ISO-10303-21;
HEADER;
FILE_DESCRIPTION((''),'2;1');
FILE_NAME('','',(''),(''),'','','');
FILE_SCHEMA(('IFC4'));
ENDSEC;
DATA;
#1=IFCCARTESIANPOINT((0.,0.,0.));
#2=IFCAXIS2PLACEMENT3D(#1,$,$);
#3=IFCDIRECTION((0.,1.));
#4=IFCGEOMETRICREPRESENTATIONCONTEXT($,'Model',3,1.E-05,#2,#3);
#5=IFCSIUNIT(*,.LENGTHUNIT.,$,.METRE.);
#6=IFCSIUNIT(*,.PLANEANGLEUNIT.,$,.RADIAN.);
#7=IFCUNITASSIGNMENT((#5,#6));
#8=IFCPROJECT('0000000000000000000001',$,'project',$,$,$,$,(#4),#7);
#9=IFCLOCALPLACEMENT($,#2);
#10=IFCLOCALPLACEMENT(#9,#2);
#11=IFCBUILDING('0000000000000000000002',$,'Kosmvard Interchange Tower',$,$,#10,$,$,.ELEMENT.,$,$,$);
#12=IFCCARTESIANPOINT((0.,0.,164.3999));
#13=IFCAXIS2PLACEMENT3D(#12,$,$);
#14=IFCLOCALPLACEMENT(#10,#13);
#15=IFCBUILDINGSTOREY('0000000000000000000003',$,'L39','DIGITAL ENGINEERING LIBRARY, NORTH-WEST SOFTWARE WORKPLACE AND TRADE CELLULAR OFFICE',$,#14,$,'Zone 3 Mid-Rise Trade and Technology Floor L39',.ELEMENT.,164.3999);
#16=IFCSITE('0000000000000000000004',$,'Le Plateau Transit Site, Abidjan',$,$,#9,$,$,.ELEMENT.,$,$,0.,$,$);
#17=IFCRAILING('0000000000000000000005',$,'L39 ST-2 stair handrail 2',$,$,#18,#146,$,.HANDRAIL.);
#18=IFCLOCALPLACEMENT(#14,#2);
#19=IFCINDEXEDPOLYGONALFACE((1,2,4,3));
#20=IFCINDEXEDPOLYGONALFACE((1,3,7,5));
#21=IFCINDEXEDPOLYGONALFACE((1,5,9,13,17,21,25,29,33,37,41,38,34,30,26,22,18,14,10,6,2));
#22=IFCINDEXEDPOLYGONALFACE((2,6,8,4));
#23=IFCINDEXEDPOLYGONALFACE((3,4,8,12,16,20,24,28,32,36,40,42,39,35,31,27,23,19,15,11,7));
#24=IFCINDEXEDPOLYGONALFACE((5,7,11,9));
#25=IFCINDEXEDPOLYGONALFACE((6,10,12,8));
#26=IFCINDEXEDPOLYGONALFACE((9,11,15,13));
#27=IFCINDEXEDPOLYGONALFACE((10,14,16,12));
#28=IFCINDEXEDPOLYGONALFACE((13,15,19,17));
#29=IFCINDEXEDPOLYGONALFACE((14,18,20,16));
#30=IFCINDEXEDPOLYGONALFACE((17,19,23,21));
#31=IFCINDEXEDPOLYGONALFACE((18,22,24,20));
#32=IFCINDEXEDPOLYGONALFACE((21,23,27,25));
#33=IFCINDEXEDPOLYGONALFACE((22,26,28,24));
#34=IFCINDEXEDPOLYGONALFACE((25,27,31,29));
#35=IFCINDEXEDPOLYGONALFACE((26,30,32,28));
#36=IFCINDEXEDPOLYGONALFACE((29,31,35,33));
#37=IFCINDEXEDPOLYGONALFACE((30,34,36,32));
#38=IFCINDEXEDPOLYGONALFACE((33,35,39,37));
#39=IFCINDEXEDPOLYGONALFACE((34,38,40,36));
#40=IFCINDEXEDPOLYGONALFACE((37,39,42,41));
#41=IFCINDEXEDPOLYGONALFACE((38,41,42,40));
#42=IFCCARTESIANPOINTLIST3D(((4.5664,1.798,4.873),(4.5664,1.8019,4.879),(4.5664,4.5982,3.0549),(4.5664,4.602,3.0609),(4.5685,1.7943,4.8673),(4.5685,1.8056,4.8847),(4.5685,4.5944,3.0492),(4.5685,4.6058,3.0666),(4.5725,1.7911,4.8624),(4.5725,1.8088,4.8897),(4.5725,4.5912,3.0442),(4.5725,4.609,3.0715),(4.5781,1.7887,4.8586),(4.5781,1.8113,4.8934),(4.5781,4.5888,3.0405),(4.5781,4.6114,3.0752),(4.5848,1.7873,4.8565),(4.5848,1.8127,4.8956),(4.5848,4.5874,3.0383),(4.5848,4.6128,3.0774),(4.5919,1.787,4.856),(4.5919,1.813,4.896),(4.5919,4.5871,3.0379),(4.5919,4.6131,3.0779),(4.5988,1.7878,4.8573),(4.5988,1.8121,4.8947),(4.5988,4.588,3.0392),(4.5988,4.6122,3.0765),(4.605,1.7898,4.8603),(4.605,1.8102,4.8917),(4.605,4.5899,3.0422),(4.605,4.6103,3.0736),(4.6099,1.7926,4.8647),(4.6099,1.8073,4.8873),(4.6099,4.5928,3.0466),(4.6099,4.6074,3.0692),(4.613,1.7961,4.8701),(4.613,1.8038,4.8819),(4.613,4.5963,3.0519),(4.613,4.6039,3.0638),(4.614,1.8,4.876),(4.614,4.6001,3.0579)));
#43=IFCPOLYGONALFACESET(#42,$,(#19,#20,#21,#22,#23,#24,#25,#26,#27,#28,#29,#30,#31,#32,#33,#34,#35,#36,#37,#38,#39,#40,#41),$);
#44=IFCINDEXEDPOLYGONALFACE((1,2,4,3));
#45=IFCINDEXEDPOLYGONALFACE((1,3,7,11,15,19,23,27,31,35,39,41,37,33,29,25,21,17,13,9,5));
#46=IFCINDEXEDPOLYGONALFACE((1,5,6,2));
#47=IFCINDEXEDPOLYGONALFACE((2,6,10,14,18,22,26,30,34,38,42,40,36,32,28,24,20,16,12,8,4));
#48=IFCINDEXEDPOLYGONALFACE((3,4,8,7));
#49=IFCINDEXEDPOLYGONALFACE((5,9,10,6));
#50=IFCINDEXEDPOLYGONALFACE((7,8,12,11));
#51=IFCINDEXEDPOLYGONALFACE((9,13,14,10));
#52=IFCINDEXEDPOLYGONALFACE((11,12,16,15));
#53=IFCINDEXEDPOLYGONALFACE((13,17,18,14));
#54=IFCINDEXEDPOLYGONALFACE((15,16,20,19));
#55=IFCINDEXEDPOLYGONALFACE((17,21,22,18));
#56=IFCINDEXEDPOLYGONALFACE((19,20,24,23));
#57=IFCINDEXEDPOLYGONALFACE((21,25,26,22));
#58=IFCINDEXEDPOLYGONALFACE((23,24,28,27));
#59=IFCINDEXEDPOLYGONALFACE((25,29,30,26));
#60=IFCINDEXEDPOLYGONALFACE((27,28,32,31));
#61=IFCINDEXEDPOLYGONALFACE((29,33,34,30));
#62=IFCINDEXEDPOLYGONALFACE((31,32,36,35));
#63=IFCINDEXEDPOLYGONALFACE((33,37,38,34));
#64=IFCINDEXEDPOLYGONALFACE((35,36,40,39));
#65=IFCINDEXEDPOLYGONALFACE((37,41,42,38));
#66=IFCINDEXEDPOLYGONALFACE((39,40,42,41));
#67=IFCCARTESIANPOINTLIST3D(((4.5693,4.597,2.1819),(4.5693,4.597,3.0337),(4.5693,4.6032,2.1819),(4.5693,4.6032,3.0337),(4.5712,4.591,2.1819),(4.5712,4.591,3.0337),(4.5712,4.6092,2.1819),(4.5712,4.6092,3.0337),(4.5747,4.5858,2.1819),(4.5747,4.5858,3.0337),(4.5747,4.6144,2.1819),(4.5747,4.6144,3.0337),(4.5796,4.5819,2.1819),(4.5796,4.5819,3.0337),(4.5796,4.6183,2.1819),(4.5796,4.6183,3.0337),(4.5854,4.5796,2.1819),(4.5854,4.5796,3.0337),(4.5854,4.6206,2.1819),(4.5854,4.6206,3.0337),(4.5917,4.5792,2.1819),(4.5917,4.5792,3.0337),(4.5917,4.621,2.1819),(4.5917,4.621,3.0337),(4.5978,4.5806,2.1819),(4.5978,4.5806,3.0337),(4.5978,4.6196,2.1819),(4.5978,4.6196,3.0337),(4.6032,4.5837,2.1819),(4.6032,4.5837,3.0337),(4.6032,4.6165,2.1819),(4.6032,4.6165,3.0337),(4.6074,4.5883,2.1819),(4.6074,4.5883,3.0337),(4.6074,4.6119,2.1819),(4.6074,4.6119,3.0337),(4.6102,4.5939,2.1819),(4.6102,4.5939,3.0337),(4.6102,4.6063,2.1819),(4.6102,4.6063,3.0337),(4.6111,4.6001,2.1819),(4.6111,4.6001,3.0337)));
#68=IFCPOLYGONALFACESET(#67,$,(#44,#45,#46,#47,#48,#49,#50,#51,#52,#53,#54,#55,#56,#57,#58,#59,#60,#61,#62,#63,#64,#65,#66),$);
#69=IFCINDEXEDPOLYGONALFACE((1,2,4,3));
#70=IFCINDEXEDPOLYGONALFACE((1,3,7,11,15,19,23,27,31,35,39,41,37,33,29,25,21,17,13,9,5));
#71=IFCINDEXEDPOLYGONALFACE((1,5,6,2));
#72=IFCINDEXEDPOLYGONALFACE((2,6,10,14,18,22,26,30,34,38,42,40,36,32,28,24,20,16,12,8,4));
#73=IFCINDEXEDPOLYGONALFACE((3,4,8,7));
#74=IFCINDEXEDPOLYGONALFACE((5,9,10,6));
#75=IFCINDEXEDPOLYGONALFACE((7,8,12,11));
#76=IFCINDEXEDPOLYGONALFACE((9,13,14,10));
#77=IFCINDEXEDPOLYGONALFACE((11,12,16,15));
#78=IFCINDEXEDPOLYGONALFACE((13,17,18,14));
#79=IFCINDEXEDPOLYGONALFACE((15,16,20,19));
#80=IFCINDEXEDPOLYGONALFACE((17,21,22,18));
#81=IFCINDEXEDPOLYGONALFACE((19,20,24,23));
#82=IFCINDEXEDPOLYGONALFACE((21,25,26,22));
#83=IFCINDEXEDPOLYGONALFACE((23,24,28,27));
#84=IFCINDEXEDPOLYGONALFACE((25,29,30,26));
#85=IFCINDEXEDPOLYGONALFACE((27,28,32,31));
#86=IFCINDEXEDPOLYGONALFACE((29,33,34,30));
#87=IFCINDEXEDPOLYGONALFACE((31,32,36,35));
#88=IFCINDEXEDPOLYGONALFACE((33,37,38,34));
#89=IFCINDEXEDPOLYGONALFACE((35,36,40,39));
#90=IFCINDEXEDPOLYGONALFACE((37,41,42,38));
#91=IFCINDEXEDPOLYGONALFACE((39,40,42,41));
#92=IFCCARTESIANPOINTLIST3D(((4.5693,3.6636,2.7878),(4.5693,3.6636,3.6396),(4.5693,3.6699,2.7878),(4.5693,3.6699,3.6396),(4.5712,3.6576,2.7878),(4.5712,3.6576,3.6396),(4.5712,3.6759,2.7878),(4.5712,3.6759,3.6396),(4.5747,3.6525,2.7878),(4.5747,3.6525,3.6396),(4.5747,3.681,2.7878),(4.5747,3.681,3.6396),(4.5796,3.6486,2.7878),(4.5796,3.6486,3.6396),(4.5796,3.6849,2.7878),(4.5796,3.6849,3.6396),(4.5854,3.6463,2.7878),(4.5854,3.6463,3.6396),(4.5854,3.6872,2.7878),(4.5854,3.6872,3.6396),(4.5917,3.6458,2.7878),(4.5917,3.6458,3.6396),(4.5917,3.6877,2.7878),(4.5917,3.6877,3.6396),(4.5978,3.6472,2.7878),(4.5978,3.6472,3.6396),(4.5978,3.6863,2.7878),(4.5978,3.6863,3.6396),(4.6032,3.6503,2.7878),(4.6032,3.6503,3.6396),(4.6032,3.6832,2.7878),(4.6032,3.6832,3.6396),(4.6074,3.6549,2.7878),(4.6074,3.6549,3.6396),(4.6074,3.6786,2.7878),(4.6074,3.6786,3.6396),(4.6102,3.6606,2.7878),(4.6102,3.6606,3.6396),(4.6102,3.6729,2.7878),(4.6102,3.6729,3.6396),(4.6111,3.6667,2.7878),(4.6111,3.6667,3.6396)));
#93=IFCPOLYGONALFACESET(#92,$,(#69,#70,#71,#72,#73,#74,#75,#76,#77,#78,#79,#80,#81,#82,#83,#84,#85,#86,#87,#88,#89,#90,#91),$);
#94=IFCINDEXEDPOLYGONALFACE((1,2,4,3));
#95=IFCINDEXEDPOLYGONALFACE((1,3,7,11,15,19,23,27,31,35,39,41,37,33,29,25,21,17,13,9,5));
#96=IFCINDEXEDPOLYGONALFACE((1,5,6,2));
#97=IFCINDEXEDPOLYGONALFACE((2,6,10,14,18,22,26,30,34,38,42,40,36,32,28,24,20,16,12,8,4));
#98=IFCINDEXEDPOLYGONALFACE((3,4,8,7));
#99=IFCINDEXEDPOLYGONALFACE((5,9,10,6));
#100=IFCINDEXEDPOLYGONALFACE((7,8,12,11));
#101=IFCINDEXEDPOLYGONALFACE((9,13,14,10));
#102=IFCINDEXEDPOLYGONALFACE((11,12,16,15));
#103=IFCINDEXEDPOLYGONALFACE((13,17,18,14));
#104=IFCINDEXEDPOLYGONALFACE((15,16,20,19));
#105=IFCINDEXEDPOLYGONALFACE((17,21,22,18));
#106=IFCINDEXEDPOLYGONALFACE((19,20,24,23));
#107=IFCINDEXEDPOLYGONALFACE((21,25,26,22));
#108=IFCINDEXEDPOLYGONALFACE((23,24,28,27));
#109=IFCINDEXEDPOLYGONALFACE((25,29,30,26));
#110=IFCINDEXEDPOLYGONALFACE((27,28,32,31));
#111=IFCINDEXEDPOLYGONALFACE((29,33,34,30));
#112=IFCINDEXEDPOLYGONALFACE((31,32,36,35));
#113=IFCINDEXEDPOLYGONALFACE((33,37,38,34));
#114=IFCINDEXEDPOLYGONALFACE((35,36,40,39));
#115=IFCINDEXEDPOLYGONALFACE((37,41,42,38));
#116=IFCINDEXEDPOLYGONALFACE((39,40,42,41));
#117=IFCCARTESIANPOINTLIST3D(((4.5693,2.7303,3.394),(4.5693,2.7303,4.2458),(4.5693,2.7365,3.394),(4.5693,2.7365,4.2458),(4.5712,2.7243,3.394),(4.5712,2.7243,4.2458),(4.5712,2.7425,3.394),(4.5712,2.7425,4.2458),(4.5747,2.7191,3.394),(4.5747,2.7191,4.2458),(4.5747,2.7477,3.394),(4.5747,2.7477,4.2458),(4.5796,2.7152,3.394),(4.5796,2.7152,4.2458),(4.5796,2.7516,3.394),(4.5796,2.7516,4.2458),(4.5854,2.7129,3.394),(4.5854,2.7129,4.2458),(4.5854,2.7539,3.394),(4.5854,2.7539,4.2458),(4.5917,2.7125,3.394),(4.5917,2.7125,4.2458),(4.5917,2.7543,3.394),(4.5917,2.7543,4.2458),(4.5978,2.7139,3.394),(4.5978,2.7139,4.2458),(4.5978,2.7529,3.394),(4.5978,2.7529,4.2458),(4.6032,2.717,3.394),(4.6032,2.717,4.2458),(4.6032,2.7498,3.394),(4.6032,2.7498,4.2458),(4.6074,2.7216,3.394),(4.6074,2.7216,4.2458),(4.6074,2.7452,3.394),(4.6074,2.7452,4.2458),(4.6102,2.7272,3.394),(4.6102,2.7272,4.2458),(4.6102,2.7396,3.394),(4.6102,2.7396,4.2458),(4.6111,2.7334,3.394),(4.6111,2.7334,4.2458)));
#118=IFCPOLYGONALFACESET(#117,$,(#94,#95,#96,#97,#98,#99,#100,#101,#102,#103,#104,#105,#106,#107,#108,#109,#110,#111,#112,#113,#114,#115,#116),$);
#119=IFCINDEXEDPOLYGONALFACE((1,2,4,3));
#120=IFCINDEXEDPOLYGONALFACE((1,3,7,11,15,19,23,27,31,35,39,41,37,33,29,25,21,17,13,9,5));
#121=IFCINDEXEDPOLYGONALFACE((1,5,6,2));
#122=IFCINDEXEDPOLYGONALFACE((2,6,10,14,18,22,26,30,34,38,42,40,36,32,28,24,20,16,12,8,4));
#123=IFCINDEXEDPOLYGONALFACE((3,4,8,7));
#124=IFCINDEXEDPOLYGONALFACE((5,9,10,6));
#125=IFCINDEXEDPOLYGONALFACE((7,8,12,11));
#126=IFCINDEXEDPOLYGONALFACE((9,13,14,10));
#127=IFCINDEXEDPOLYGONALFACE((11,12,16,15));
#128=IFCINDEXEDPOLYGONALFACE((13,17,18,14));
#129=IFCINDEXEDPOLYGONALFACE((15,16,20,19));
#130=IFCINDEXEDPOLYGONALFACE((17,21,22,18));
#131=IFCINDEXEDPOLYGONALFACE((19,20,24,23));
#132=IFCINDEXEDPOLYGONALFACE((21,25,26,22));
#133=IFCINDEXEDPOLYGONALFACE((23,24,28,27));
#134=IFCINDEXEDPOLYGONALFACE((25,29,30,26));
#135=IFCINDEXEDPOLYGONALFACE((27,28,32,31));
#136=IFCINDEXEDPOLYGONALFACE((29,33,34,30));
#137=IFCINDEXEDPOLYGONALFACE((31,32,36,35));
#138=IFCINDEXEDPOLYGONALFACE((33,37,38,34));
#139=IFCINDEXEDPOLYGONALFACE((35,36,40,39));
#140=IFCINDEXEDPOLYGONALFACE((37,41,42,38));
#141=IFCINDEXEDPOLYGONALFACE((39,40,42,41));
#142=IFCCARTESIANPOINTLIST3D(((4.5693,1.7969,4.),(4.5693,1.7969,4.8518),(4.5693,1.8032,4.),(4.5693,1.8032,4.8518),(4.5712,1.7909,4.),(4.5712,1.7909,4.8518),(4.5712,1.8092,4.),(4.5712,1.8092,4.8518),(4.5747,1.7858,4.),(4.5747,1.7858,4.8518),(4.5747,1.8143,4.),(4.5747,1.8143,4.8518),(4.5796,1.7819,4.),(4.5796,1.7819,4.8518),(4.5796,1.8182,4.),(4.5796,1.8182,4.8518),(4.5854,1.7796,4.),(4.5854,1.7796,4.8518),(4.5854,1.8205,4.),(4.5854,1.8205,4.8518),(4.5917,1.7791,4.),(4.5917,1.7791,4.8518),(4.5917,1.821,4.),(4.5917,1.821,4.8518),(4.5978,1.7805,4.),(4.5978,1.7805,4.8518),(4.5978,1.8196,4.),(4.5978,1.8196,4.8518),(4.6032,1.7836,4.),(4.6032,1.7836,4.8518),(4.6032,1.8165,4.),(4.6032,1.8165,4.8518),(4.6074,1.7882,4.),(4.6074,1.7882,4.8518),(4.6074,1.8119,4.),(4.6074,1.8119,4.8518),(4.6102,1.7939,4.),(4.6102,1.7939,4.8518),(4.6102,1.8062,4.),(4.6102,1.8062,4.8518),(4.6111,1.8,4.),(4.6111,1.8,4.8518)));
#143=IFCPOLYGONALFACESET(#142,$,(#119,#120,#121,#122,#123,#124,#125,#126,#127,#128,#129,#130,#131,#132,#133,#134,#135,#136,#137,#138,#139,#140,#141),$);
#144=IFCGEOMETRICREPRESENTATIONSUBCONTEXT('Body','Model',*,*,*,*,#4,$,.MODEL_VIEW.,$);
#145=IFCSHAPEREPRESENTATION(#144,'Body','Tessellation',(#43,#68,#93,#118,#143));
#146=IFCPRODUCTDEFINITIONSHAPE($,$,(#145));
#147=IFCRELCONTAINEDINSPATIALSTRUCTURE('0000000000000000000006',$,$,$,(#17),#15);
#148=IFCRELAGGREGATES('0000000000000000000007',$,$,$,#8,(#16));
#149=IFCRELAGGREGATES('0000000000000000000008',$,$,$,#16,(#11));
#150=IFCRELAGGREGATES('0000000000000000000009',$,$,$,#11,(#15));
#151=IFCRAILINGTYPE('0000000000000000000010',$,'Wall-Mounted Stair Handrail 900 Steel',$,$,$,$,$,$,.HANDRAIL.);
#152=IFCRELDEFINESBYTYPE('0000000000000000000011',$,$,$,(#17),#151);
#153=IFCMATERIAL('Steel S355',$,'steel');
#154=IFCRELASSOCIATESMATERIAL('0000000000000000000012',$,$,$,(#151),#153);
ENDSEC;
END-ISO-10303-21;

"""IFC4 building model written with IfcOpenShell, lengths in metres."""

from ifc_helpers import new_model, si_unit, direction, frame, origin, origin_2d, place, context, subcontext, project, spatial, circle, extrude, source, transform, mapped, material, type_object, element, save


model = new_model("IFC4")

# Units and contexts
model_context = context("Model", 3, precision=1e-05, world=origin(), true_north=direction((0.0, 1.0)))
body_context = subcontext(model_context, "Body", "Model", "MODEL_VIEW")
ifc_project = project(units=[si_unit("LENGTHUNIT", "METRE"), si_unit("PLANEANGLEUNIT", "RADIAN")], contexts=[model_context])

# Site, building, storey
site_placement = place(None, origin())
site = spatial("IfcSite", under=ifc_project, at=site_placement, Name="Le Plateau Transit Site, Abidjan", CompositionType="ELEMENT", RefElevation=0.0)
building_placement = place(site_placement, origin())
building = spatial("IfcBuilding", under=site, at=building_placement, Name="Kosmvard Interchange Tower", CompositionType="ELEMENT")
storey_placement = place(building_placement, frame((0.0, 0.0, 164.3999)))
storey = spatial("IfcBuildingStorey", under=building, at=storey_placement, Name="L39", Description="DIGITAL ENGINEERING LIBRARY, NORTH-WEST SOFTWARE WORKPLACE AND TRADE CELLULAR OFFICE", LongName="Zone 3 Mid-Rise Trade and Technology Floor L39", CompositionType="ELEMENT", Elevation=164.3999)

# Railing
ifc_material_1 = material(Name="Steel S355", Category="steel")
railing_type_1 = type_object("IfcRailingType", Name="Wall-Mounted Stair Handrail 900 Steel", PredefinedType="HANDRAIL", material=ifc_material_1)
shared_shape_1 = source(origin(), body_context, "Body", "SweptSolid", [
    extrude(circle(Radius=0.0239, at=origin_2d()), frame((0.0, 0.0, 0.876), z_axis=(0.0, -0.838706, 0.544585), x_axis=(1.0, 0.0, 0.0)), (0.0, 0.0, 1.0), 3.3386),
    extrude(circle(Radius=0.021, at=origin_2d()), origin(), (0.0, 0.0, 1.0), 0.8518),
    extrude(circle(Radius=0.021, at=origin_2d()), frame((0.0, -0.9333, 0.606)), (0.0, 0.0, 1.0), 0.8518),
    extrude(circle(Radius=0.021, at=origin_2d()), frame((0.0, -1.8667, 1.2122)), (0.0, 0.0, 1.0), 0.8518),
    extrude(circle(Radius=0.021, at=origin_2d()), frame((0.0, -2.8, 1.8181)), (0.0, 0.0, 1.0), 0.8518),
])
railing_1_placement = place(storey_placement, frame((4.5901, 4.6001, 2.1819)))
element("IfcRailing", 1, at=railing_1_placement, inside=storey, type_object=railing_type_1, Name="L39 ST-2 stair handrail 2", PredefinedType="HANDRAIL", context=body_context, shape_type="MappedRepresentation", body=[
    mapped(shared_shape_1, transform((0.0, 0.0, 0.0), scale=1.0)),
])

save(model, "model.ifc")
